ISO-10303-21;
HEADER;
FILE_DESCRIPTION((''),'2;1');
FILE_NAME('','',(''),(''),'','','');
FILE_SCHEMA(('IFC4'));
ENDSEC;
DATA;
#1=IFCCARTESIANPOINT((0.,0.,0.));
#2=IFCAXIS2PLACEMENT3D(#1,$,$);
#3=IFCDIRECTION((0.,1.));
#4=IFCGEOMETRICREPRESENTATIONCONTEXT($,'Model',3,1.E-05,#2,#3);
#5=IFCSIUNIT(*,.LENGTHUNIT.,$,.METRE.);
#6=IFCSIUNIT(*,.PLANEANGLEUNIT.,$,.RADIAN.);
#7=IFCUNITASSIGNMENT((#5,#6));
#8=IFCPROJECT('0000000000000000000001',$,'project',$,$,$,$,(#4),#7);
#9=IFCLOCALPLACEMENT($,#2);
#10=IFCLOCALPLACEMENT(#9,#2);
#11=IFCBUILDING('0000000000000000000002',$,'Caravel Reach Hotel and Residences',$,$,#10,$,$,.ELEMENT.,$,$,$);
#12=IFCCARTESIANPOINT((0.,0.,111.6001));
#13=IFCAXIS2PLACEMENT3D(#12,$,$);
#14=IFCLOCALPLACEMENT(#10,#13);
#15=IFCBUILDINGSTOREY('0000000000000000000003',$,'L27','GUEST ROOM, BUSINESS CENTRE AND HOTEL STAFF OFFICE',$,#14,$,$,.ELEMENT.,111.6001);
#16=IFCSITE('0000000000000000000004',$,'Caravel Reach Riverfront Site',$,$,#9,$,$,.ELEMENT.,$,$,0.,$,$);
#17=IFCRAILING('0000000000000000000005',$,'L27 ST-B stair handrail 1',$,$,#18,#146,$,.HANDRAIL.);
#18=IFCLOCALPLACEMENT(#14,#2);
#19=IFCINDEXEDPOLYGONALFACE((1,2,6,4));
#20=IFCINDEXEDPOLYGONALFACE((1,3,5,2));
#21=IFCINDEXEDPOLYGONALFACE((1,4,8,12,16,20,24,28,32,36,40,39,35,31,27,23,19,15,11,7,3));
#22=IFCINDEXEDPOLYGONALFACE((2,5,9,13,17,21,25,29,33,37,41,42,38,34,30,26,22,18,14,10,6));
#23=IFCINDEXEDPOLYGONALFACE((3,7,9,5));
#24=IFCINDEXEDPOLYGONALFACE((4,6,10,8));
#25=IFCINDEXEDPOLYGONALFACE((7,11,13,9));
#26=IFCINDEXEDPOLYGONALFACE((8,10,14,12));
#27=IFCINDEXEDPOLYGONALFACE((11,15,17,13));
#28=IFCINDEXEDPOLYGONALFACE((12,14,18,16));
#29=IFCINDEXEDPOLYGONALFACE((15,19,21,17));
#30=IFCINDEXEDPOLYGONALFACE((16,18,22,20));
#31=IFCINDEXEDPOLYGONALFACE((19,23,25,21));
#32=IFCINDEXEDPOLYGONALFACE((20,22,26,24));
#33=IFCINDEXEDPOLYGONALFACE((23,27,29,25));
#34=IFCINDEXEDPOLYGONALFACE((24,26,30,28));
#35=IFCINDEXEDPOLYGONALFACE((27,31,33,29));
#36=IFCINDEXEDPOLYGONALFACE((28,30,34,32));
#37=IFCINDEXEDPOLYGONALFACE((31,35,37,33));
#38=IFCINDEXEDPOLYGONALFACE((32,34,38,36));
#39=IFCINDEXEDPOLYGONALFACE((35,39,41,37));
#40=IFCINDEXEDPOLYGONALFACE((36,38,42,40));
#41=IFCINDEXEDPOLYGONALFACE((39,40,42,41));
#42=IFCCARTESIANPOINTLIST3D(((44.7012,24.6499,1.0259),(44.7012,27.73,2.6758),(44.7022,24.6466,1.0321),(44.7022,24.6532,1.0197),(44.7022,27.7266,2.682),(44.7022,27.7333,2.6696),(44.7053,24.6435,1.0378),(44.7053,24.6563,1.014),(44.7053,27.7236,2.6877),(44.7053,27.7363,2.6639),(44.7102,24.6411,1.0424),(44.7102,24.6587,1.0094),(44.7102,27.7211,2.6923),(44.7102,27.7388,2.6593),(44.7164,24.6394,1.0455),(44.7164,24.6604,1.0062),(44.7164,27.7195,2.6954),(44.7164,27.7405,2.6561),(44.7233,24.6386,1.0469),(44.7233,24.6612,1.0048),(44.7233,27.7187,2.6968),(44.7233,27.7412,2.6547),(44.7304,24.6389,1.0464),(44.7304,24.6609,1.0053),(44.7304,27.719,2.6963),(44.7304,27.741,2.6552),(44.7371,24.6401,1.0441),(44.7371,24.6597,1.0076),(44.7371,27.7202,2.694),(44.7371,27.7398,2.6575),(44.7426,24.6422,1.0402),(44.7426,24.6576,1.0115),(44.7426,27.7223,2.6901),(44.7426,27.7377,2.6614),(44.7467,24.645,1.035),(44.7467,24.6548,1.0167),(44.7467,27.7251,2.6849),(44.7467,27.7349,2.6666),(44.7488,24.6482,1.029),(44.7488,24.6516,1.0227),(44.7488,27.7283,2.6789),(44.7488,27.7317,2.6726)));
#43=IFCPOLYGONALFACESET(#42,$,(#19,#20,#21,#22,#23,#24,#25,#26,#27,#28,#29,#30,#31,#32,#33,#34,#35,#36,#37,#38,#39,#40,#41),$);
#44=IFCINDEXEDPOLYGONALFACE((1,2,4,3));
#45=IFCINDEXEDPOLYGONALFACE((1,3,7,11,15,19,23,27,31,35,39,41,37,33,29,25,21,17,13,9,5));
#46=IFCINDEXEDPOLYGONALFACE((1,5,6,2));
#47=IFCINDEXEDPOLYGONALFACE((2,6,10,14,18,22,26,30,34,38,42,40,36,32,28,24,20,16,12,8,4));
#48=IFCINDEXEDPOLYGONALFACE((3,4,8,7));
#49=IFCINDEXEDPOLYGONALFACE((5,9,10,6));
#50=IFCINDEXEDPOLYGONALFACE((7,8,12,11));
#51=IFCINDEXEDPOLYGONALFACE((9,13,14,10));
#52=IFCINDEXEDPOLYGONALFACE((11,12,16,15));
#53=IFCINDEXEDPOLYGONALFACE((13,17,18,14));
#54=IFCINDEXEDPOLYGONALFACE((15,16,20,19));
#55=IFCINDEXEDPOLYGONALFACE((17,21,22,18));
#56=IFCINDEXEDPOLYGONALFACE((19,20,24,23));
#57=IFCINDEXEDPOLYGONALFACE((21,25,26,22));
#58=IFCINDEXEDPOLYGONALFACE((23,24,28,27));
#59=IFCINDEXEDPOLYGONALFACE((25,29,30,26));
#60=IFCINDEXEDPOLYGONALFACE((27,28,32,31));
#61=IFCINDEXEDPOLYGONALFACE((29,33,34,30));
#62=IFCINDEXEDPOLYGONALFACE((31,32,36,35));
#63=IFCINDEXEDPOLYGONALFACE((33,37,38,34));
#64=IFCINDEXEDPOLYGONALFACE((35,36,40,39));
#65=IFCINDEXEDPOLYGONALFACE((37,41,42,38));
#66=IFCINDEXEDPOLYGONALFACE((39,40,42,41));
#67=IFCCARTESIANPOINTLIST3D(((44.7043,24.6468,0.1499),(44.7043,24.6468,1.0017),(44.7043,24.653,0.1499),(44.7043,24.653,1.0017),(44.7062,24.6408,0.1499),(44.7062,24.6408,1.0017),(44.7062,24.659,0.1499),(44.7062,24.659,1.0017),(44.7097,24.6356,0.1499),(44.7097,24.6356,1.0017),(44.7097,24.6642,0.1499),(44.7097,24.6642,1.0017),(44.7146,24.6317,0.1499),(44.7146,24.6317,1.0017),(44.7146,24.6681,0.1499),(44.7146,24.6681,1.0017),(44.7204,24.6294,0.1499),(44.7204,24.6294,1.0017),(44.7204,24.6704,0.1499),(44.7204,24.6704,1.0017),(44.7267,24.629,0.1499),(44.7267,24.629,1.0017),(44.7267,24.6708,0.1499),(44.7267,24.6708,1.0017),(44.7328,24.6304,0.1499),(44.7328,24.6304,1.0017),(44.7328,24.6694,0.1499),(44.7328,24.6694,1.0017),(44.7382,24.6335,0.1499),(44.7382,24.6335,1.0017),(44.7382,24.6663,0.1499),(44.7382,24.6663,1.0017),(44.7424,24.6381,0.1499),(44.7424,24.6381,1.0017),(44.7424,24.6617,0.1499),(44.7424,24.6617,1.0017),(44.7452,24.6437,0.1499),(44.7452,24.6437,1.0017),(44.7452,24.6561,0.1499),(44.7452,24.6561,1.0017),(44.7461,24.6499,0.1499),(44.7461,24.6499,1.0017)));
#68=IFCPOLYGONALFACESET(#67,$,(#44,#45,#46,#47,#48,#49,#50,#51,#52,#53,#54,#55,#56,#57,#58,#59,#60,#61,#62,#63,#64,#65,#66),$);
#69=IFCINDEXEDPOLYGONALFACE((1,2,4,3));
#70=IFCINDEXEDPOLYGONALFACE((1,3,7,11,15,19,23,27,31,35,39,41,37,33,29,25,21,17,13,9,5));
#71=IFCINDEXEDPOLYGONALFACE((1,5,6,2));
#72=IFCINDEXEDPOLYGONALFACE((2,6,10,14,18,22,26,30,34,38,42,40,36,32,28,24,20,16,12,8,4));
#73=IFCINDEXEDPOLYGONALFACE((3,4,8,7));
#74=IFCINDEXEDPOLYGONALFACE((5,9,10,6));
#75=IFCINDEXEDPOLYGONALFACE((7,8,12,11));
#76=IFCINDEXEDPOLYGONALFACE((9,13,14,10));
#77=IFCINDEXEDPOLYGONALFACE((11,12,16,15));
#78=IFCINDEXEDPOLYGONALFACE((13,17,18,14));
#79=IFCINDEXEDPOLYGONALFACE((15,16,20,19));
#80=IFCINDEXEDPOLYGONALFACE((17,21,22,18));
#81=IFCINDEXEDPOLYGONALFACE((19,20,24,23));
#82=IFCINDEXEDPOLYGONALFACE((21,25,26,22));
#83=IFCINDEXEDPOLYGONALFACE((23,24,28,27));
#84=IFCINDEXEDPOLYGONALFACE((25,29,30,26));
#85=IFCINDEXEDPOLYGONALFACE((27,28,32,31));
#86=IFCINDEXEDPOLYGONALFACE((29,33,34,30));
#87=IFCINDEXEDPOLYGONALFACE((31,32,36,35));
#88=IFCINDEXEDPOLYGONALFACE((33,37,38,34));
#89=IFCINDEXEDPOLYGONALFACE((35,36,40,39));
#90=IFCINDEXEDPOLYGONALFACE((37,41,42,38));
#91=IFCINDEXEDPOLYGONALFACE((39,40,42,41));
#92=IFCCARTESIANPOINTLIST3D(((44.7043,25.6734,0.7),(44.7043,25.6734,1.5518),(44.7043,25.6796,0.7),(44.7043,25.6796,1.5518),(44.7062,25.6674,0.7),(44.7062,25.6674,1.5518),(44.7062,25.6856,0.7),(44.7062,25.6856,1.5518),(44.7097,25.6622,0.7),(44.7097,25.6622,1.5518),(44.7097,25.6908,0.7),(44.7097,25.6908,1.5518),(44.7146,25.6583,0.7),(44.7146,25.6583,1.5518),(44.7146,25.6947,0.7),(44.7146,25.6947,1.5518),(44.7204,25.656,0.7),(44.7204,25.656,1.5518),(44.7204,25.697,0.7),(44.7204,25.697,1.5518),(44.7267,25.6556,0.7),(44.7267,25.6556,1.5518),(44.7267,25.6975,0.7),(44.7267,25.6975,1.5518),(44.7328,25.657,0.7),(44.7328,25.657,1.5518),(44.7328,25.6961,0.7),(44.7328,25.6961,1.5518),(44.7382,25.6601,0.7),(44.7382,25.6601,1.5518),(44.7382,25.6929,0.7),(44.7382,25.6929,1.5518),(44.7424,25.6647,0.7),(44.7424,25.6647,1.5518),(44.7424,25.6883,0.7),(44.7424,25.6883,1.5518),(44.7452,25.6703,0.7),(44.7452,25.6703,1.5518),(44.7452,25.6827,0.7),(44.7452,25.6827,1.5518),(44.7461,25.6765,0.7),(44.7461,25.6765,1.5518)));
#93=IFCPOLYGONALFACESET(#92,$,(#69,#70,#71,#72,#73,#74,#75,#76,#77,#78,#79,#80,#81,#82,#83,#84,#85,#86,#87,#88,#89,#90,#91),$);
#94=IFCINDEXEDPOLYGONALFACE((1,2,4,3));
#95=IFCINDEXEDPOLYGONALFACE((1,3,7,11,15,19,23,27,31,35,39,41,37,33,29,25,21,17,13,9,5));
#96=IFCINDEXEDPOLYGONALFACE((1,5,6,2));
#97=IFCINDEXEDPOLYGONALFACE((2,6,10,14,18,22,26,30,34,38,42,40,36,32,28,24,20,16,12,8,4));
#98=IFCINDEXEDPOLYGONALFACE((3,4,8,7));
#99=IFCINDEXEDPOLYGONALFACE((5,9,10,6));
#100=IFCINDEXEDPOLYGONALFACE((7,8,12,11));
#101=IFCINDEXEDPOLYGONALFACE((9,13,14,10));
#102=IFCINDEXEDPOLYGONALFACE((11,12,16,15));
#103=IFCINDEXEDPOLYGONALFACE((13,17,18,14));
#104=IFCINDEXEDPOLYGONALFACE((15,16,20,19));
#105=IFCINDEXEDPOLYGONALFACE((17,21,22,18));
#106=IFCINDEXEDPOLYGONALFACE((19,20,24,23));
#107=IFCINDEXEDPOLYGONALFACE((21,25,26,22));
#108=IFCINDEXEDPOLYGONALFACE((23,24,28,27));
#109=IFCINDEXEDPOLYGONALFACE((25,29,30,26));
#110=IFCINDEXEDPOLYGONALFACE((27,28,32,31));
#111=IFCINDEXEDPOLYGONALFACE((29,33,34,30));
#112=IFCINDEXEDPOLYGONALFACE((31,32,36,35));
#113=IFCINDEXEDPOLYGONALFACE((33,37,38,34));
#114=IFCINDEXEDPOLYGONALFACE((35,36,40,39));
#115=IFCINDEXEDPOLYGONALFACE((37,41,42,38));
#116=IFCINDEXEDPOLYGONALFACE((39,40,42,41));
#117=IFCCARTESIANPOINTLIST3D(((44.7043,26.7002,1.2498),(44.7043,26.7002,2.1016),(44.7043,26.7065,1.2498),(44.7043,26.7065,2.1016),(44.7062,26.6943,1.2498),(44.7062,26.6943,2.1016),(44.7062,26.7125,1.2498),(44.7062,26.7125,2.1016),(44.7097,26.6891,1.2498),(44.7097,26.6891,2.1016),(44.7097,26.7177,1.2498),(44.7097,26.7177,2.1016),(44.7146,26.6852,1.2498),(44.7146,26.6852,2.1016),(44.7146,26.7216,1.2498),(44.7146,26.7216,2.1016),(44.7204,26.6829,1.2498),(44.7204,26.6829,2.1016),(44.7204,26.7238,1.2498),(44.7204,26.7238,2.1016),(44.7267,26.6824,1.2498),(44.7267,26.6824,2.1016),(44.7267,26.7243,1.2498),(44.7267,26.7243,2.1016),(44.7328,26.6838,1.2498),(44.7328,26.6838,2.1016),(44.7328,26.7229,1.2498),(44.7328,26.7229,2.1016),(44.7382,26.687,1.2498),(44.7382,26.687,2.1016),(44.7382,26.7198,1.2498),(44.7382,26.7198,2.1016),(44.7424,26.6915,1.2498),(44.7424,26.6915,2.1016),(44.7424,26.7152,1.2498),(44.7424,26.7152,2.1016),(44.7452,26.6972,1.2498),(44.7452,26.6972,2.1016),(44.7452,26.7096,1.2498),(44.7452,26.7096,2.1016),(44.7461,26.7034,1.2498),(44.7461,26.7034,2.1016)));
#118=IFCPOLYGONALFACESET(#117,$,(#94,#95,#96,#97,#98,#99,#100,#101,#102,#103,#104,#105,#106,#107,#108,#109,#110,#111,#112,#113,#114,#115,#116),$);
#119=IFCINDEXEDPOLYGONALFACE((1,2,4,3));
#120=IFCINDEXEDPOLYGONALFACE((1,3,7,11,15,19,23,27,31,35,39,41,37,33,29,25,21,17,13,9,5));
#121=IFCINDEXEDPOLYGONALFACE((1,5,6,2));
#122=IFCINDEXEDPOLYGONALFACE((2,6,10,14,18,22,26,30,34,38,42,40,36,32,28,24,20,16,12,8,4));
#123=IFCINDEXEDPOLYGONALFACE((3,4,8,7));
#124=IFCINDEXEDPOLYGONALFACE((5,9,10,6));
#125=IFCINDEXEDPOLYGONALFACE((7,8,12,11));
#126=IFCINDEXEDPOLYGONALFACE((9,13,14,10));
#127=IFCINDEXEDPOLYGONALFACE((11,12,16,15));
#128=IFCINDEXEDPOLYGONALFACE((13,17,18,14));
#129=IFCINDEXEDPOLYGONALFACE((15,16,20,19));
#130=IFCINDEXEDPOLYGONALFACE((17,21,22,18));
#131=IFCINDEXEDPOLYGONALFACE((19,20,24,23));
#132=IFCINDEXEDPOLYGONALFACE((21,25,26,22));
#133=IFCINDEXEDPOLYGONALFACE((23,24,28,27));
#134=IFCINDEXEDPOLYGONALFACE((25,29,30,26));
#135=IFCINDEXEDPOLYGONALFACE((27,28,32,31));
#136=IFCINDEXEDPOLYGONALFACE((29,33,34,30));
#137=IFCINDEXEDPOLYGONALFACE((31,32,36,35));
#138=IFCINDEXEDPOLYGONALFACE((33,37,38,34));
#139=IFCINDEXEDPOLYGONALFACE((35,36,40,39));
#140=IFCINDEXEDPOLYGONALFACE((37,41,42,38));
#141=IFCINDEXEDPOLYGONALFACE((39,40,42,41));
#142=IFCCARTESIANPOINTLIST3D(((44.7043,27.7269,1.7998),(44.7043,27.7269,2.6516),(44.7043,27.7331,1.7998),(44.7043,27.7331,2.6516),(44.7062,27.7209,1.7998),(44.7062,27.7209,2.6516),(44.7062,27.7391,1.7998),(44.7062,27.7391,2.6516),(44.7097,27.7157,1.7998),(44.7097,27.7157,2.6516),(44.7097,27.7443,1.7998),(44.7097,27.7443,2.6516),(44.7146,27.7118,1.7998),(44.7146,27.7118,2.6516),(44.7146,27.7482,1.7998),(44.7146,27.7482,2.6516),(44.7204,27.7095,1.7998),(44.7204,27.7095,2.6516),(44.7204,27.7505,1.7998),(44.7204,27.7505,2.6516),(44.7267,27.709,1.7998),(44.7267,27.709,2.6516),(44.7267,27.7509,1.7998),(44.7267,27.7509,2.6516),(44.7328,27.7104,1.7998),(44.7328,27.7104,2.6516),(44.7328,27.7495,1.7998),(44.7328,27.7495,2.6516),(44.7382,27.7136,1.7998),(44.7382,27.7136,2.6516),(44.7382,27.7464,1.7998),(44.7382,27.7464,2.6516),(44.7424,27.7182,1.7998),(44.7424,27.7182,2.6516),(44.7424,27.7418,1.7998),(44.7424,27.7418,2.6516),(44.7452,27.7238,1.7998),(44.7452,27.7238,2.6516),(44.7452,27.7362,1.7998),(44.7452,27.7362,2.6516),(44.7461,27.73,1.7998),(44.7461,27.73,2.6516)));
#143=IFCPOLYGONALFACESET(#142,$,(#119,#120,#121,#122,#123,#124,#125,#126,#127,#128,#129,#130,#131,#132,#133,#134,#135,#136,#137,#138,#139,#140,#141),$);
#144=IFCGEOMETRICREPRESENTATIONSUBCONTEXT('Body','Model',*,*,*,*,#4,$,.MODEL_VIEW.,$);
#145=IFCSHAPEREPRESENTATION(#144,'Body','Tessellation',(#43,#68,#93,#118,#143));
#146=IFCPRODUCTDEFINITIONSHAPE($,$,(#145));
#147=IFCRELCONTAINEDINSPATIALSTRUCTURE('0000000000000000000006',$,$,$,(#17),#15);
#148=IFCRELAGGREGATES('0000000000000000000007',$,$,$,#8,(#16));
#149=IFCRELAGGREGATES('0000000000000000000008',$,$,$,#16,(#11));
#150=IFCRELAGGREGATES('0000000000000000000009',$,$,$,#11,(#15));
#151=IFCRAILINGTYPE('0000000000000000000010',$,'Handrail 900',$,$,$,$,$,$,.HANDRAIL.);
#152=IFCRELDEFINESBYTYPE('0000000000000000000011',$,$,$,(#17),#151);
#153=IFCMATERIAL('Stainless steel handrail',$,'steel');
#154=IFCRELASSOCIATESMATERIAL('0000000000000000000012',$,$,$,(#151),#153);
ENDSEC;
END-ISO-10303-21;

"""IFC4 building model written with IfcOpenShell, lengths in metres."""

from ifc_helpers import new_model, si_unit, direction, frame, origin, origin_2d, place, context, subcontext, project, spatial, circle, extrude, material, type_object, element, save


model = new_model("IFC4")

# Units and contexts
model_context = context("Model", 3, precision=1e-05, world=origin(), true_north=direction((0.0, 1.0)))
body_context = subcontext(model_context, "Body", "Model", "MODEL_VIEW")
ifc_project = project(units=[si_unit("LENGTHUNIT", "METRE"), si_unit("PLANEANGLEUNIT", "RADIAN")], contexts=[model_context])

# Site, building, storey
site_placement = place(None, origin())
site = spatial("IfcSite", under=ifc_project, at=site_placement, Name="Caravel Reach Riverfront Site", CompositionType="ELEMENT", RefElevation=0.0)
building_placement = place(site_placement, origin())
building = spatial("IfcBuilding", under=site, at=building_placement, Name="Caravel Reach Hotel and Residences", CompositionType="ELEMENT")
storey_placement = place(building_placement, frame((0.0, 0.0, 111.6001)))
storey = spatial("IfcBuildingStorey", under=building, at=storey_placement, Name="L27", Description="GUEST ROOM, BUSINESS CENTRE AND HOTEL STAFF OFFICE", CompositionType="ELEMENT", Elevation=111.6001)

# Railing
ifc_material_1 = material(Name="Stainless steel handrail", Category="steel")
railing_type_1 = type_object("IfcRailingType", Name="Handrail 900", PredefinedType="HANDRAIL", material=ifc_material_1)
railing_1_placement = place(storey_placement, frame((44.7251, 24.6499, 0.1499)))
element("IfcRailing", 1, at=railing_1_placement, inside=storey, type_object=railing_type_1, Name="L27 ST-B stair handrail 1", PredefinedType="HANDRAIL", context=body_context, shape_type="SweptSolid", body=[
    extrude(circle(Radius=0.0239, at=origin_2d()), frame((0.0, 0.0, 0.876), z_axis=(0.0, 0.881497, 0.47219), x_axis=(-1.0, 0.0, 0.0)), (0.0, 0.0, 1.0), 3.4941),
    extrude(circle(Radius=0.021, at=origin_2d()), origin(), (0.0, 0.0, 1.0), 0.8518),
    extrude(circle(Radius=0.021, at=origin_2d()), frame((0.0, 1.0266, 0.55)), (0.0, 0.0, 1.0), 0.8518),
    extrude(circle(Radius=0.021, at=origin_2d()), frame((0.0, 2.0535, 1.0999)), (0.0, 0.0, 1.0), 0.8518),
    extrude(circle(Radius=0.021, at=origin_2d()), frame((0.0, 3.0801, 1.6499)), (0.0, 0.0, 1.0), 0.8518),
])

save(model, "model.ifc")
